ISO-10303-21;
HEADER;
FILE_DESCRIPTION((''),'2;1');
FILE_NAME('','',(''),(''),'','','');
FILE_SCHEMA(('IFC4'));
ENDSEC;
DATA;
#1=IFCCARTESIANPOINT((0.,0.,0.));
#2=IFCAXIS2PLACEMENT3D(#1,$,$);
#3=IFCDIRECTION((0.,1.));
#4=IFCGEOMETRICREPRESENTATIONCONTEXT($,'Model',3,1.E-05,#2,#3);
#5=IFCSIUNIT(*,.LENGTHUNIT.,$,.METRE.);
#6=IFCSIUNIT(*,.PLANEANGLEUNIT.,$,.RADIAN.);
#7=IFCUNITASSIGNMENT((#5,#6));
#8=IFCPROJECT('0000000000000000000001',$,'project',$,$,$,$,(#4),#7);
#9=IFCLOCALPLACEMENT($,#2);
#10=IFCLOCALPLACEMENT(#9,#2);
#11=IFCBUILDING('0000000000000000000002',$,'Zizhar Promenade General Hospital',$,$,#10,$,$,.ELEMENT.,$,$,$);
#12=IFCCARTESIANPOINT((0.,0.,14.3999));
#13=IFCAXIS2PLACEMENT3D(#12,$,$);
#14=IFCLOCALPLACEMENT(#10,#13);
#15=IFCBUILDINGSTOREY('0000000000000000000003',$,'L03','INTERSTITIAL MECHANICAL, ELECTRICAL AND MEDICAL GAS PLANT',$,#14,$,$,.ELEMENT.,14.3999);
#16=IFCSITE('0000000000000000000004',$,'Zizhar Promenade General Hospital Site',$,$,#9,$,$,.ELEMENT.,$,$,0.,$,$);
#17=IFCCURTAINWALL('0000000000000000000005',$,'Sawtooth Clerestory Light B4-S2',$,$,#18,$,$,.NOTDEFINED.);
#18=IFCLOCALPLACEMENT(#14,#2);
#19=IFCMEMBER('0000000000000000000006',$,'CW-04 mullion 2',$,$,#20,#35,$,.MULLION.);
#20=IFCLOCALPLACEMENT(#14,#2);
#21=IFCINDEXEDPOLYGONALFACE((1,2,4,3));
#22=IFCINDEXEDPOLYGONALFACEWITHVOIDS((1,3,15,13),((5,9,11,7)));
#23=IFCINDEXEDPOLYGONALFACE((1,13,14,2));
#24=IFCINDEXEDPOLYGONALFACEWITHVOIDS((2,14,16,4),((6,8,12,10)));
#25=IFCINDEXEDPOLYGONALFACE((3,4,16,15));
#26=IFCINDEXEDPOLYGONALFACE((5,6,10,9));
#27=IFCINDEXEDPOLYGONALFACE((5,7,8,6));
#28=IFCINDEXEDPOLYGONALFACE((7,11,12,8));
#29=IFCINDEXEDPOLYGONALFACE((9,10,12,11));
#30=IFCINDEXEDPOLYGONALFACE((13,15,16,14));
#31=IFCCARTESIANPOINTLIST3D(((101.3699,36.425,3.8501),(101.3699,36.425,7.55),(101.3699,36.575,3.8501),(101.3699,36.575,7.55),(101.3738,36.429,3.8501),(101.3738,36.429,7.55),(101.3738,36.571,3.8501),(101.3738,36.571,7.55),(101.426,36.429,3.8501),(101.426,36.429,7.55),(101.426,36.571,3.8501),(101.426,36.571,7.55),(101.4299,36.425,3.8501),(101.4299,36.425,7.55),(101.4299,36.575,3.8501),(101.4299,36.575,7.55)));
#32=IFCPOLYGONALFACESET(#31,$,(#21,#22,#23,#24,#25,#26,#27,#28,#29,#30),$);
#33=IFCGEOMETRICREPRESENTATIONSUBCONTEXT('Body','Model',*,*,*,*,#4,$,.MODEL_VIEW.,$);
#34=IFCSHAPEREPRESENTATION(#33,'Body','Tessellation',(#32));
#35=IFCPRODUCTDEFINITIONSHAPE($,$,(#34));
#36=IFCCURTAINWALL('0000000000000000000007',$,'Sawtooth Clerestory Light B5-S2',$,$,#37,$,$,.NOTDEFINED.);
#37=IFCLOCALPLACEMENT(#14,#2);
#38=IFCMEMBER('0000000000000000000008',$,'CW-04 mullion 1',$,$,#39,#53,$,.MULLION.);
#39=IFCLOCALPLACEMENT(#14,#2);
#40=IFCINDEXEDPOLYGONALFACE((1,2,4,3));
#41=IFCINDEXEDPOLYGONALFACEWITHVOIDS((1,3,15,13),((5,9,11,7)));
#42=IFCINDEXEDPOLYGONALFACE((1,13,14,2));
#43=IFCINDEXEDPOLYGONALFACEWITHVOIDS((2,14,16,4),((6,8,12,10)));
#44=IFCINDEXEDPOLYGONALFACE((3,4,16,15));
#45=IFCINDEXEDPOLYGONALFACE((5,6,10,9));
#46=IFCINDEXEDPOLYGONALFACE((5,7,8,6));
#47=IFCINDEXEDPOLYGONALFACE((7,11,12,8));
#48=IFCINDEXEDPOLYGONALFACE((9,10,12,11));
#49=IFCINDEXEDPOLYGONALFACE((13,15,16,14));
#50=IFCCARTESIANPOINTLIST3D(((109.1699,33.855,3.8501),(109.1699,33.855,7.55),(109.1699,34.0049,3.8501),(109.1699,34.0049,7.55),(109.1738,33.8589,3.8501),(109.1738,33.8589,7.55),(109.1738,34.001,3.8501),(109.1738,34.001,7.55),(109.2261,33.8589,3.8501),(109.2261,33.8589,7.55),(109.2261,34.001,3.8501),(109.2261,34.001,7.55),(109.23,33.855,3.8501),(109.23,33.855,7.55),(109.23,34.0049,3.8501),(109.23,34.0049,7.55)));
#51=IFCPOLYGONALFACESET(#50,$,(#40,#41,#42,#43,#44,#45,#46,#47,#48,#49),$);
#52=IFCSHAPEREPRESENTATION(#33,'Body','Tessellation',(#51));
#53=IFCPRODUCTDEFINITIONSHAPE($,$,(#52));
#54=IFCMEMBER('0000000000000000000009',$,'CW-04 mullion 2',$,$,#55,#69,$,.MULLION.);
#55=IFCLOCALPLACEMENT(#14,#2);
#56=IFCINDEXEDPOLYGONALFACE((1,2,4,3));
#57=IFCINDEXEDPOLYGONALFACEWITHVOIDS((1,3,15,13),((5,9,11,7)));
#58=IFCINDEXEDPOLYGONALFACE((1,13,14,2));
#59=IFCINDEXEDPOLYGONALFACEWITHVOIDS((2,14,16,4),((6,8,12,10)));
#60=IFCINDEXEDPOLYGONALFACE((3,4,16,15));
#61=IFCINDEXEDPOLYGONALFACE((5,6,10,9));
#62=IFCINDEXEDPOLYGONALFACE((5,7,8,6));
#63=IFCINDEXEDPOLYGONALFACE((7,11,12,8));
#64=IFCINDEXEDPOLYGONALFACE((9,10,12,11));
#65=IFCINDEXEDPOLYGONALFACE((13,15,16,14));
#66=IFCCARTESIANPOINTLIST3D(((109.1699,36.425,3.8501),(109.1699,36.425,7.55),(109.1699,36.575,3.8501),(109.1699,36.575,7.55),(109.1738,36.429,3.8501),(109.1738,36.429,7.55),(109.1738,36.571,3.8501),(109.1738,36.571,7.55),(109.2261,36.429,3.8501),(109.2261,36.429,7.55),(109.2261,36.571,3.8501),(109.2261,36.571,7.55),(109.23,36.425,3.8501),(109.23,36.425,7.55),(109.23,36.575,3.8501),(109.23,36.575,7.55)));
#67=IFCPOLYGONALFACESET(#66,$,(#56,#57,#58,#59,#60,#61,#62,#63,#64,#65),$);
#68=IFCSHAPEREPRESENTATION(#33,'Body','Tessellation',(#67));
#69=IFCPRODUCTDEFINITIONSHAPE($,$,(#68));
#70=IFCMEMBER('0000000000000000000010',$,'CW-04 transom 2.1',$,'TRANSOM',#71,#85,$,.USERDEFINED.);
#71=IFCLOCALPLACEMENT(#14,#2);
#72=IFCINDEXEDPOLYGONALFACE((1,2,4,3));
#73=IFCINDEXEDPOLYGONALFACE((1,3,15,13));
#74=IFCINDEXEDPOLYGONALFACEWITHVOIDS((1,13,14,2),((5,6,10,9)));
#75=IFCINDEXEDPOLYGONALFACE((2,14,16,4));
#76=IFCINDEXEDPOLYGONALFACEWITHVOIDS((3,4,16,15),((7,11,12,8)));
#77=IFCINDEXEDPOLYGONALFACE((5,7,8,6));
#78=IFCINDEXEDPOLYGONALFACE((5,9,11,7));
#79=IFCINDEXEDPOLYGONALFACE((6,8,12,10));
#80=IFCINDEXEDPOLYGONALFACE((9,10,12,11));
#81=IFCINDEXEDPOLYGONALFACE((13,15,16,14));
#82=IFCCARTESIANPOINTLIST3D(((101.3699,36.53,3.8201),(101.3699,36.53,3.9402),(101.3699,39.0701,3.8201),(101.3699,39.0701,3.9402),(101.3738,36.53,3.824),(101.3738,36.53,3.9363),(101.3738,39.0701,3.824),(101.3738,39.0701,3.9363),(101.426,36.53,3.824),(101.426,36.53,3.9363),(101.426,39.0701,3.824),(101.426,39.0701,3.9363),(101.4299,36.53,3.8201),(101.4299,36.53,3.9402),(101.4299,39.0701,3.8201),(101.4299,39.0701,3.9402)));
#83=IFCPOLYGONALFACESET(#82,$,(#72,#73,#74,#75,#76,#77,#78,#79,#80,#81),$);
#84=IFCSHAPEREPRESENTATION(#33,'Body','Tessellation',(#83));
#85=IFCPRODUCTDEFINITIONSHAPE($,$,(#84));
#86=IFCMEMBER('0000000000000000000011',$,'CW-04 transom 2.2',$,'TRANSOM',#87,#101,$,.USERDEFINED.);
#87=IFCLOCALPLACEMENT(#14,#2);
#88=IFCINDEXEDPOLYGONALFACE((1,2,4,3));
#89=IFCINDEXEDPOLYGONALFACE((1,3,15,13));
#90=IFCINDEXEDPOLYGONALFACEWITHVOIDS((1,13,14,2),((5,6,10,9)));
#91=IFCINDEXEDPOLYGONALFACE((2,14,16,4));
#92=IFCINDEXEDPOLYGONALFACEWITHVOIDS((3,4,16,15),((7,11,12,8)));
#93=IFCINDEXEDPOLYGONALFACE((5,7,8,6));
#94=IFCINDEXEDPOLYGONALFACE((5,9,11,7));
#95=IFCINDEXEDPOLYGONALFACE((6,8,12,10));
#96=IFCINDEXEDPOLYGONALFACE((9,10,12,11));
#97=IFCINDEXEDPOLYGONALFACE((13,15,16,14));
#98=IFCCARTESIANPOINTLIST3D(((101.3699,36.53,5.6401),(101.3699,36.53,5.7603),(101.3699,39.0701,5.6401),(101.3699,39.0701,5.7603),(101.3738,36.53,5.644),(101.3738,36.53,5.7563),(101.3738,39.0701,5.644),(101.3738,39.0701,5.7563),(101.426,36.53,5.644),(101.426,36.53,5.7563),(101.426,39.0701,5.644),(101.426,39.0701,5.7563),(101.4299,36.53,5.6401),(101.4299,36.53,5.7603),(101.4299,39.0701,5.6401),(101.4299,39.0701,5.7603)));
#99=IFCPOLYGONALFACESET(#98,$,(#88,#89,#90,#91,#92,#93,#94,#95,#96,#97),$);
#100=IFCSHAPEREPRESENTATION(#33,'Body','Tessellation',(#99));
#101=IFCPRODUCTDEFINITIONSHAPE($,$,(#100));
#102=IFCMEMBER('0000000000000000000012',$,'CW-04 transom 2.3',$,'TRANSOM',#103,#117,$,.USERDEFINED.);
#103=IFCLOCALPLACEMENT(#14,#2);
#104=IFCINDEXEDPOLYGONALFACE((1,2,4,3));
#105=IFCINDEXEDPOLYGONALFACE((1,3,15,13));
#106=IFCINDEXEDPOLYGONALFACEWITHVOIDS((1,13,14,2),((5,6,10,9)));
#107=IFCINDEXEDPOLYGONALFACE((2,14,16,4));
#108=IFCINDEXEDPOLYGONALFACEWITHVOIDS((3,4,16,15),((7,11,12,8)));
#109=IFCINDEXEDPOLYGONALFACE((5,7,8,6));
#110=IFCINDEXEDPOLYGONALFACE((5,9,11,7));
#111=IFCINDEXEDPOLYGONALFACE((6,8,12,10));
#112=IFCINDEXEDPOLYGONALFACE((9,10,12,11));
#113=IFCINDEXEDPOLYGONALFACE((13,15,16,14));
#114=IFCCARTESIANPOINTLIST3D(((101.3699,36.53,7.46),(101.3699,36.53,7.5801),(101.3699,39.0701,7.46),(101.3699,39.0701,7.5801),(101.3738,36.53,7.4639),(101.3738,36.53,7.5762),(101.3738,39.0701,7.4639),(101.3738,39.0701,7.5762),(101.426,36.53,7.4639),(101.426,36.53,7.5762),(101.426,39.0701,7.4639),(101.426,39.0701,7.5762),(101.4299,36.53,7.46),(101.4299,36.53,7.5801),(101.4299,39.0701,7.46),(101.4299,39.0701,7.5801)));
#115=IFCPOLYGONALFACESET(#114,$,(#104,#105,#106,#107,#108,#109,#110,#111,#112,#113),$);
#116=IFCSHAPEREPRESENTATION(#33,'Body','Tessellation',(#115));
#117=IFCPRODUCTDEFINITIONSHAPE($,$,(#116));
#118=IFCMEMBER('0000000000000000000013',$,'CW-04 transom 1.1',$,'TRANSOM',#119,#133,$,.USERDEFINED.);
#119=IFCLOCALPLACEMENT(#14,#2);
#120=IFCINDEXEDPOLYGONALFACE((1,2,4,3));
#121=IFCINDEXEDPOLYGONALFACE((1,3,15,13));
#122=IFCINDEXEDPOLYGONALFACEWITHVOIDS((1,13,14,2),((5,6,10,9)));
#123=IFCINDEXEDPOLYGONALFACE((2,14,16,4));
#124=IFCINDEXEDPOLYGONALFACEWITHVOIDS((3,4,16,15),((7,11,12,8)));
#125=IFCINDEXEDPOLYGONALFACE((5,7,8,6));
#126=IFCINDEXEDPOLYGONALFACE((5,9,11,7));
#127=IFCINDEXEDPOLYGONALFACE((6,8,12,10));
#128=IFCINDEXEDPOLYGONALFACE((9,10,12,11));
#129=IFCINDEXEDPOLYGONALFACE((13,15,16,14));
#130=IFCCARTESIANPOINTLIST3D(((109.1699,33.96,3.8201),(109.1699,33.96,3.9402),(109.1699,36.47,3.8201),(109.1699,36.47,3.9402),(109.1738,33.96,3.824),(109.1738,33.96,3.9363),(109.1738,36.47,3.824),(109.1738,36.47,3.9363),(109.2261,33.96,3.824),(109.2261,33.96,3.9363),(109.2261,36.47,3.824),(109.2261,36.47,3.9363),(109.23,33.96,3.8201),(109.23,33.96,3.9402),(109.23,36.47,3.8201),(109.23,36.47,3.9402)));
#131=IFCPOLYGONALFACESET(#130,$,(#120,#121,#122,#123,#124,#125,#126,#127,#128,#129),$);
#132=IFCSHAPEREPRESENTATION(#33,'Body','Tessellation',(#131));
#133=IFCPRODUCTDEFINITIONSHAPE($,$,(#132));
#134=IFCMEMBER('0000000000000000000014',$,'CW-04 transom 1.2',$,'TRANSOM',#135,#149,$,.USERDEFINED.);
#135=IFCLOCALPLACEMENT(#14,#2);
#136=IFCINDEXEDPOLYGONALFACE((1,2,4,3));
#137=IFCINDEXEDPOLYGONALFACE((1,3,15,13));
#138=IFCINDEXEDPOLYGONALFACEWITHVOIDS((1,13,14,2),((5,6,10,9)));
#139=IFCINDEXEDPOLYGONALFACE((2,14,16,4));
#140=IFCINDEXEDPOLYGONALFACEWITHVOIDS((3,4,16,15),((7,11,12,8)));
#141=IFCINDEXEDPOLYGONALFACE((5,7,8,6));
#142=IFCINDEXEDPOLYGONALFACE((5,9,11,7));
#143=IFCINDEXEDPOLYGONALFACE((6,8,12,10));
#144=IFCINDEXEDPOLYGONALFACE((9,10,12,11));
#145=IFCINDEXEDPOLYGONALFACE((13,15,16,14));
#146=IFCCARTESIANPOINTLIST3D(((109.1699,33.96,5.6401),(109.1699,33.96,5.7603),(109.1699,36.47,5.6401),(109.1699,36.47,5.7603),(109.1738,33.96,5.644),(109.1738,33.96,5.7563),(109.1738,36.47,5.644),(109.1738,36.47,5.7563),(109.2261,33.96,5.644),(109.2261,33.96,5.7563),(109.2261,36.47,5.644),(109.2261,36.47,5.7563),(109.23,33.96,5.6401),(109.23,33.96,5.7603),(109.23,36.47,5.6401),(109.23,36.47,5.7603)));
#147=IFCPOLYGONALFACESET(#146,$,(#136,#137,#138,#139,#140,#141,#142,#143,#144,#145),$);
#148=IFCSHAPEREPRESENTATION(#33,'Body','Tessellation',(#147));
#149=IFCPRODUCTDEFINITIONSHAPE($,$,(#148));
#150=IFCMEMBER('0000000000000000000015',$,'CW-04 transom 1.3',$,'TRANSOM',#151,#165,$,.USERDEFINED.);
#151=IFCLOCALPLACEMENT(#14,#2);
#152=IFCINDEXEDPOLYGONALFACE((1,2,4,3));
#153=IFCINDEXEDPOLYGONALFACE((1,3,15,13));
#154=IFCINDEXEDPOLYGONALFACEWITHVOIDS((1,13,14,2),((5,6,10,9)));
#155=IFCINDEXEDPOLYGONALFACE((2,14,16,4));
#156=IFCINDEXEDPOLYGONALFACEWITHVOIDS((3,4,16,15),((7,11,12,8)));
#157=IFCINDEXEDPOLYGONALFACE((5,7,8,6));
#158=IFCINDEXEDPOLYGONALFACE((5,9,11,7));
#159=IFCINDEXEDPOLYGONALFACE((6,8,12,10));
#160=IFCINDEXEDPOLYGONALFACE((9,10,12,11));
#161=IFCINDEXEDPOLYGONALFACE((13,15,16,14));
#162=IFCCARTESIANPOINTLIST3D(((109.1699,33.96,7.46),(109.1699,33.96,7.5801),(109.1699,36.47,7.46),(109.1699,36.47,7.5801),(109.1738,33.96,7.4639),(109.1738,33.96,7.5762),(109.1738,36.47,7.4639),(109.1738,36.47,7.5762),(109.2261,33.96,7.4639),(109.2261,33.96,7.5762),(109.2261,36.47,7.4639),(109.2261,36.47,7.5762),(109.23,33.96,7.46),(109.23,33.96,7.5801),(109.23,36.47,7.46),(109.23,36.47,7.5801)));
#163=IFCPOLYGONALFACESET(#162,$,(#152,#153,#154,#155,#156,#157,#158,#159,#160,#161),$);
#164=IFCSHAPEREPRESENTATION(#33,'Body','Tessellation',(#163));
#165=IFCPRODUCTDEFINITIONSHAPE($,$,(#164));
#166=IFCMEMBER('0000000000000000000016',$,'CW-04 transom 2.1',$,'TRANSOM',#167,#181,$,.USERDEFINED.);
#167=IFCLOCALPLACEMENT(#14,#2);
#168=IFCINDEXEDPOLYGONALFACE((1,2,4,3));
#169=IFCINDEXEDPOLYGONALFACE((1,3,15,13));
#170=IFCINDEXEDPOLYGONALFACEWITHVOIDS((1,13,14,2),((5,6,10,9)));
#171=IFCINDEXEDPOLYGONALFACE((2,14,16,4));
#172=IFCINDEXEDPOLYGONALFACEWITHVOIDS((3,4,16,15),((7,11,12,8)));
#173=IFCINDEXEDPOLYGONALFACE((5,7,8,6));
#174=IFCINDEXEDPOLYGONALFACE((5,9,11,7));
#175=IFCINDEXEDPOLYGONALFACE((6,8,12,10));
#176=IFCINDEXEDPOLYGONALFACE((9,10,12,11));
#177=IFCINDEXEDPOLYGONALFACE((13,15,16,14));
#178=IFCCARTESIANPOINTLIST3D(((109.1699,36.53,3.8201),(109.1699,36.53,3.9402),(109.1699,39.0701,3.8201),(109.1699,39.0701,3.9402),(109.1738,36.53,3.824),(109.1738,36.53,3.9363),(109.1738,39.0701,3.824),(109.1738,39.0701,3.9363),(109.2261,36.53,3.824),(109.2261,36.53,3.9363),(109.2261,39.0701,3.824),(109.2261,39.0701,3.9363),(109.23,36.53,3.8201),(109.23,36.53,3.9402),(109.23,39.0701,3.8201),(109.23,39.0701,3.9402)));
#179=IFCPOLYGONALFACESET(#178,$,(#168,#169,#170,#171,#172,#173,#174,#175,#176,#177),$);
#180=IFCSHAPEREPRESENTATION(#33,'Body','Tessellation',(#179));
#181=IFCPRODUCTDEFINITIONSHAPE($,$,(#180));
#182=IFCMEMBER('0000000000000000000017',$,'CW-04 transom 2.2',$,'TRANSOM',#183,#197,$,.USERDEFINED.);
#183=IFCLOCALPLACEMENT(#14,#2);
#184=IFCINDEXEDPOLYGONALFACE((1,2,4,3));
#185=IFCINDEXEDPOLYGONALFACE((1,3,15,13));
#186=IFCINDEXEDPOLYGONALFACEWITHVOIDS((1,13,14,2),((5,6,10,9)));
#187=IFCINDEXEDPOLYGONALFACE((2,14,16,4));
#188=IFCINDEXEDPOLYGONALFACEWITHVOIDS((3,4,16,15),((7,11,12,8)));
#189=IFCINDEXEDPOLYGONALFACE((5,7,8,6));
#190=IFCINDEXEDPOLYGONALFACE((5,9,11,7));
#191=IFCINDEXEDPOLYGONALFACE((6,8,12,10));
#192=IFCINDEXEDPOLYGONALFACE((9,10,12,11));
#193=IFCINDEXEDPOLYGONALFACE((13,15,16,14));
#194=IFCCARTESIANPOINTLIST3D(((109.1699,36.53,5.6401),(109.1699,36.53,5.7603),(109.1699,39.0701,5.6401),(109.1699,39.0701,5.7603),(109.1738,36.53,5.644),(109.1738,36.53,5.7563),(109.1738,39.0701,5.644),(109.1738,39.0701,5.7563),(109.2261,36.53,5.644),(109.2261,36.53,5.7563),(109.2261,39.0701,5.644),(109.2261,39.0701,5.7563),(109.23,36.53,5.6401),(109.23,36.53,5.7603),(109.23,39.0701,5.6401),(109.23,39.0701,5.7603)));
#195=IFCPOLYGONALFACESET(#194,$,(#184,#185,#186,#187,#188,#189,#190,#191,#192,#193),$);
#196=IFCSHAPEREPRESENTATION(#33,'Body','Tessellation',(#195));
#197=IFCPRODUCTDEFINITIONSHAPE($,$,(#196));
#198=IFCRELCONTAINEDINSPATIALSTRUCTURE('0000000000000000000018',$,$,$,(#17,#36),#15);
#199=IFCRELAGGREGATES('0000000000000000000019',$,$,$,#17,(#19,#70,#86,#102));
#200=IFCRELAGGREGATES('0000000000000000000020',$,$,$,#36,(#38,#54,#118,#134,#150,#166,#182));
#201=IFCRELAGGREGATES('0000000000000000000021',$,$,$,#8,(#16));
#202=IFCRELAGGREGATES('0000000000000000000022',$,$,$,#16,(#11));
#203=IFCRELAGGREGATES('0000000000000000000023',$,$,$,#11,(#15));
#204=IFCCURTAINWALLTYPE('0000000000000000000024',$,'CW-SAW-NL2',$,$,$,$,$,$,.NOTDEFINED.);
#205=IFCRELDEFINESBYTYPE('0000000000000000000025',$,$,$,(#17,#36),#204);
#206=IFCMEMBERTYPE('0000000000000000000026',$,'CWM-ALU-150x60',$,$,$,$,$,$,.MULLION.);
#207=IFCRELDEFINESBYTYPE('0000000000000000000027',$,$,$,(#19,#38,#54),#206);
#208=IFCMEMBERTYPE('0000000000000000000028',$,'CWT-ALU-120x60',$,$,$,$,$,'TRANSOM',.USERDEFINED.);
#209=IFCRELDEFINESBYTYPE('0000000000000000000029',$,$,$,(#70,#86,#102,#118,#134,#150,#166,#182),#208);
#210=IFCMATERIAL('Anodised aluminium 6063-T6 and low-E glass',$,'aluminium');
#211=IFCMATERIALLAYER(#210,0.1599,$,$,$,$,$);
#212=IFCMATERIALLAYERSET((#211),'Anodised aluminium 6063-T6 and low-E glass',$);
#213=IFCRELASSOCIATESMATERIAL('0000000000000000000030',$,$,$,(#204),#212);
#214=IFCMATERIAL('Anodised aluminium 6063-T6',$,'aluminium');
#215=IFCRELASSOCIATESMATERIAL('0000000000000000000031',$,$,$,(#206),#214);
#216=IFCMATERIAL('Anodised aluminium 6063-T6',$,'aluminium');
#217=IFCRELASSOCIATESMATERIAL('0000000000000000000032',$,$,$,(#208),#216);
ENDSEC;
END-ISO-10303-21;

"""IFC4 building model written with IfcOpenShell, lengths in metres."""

from ifc_helpers import new_model, si_unit, direction, frame, origin, origin_2d, place, context, subcontext, project, spatial, hollow_rectangle, extrude, material, layer, layer_set, material_profile, profile_set, type_object, element, aggregate, save


model = new_model("IFC4")

# Units and contexts
model_context = context("Model", 3, precision=1e-05, world=origin(), true_north=direction((0.0, 1.0)))
body_context = subcontext(model_context, "Body", "Model", "MODEL_VIEW")
ifc_project = project(units=[si_unit("LENGTHUNIT", "METRE"), si_unit("PLANEANGLEUNIT", "RADIAN")], contexts=[model_context])

# Site, building, storey
site_placement = place(None, origin())
site = spatial("IfcSite", under=ifc_project, at=site_placement, Name="Zizhar Promenade General Hospital Site", CompositionType="ELEMENT", RefElevation=0.0)
building_placement = place(site_placement, origin())
building = spatial("IfcBuilding", under=site, at=building_placement, Name="Zizhar Promenade General Hospital", CompositionType="ELEMENT")
storey_placement = place(building_placement, frame((0.0, 0.0, 14.3999)))
storey = spatial("IfcBuildingStorey", under=building, at=storey_placement, Name="L03", Description="INTERSTITIAL MECHANICAL, ELECTRICAL AND MEDICAL GAS PLANT", CompositionType="ELEMENT", Elevation=14.3999)

# Curtain wall, member
ifc_material_1 = material(Name="Anodised aluminium 6063-T6 and low-E glass", Category="aluminium")
ifc_layer_1 = layer(ifc_material_1, 0.1599)
ifc_layer_set_1 = layer_set([ifc_layer_1], Name="Anodised aluminium 6063-T6 and low-E glass")
curtain_wall_type = type_object("IfcCurtainWallType", Name="CW-SAW-NL2", PredefinedType="NOTDEFINED", material=ifc_layer_set_1)
curtain_wall_1_placement = place(storey_placement, origin())
curtain_wall_1 = element("IfcCurtainWall", 1, at=curtain_wall_1_placement, inside=storey, type_object=curtain_wall_type, Name="Sawtooth Clerestory Light B4-S2", PredefinedType="NOTDEFINED")
ifc_material_2 = material(Name="Anodised aluminium 6063-T6", Category="aluminium")
ifc_material_profile_1 = material_profile(ifc_material_2, hollow_rectangle(XDim=0.0601, YDim=0.1499, WallThickness=0.0039, at=origin_2d()))
ifc_profile_set_1 = profile_set([ifc_material_profile_1], Name="Anodised aluminium 6063-T6")
member_type_1 = type_object("IfcMemberType", Name="CWM-ALU-150x60", PredefinedType="MULLION", material=ifc_profile_set_1)
member_1_placement = place(storey_placement, frame((101.3999, 36.5, 3.8501), z_axis=(0.0, 0.0, 1.0), x_axis=(-1.0, 0.0, 0.0)))
member_1 = element("IfcMember", 2, at=member_1_placement, type_object=member_type_1, Name="CW-04 mullion 2", PredefinedType="MULLION", context=body_context, shape_type="SweptSolid", body=[
    extrude(hollow_rectangle(XDim=0.0601, YDim=0.1499, WallThickness=0.0039, at=origin_2d()), origin(), (0.0, 0.0, 1.0), 3.7),
])

# Curtain wall, members
curtain_wall_2_placement = place(storey_placement, origin())
curtain_wall_2 = element("IfcCurtainWall", 3, at=curtain_wall_2_placement, inside=storey, type_object=curtain_wall_type, Name="Sawtooth Clerestory Light B5-S2", PredefinedType="NOTDEFINED")
member_2_placement = place(storey_placement, frame((109.2, 33.9299, 3.8501), z_axis=(0.0, 0.0, 1.0), x_axis=(-1.0, 0.0, 0.0)))
member_2 = element("IfcMember", 4, at=member_2_placement, type_object=member_type_1, Name="CW-04 mullion 1", PredefinedType="MULLION", context=body_context, shape_type="SweptSolid", body=[
    extrude(hollow_rectangle(XDim=0.0601, YDim=0.1499, WallThickness=0.0039, at=origin_2d()), origin(), (0.0, 0.0, 1.0), 3.7),
])
member_3_placement = place(storey_placement, frame((109.2, 36.5, 3.8501), z_axis=(0.0, 0.0, 1.0), x_axis=(-1.0, 0.0, 0.0)))
member_3 = element("IfcMember", 5, at=member_3_placement, type_object=member_type_1, Name="CW-04 mullion 2", PredefinedType="MULLION", context=body_context, shape_type="SweptSolid", body=[
    extrude(hollow_rectangle(XDim=0.0601, YDim=0.1499, WallThickness=0.0039, at=origin_2d()), origin(), (0.0, 0.0, 1.0), 3.7),
])

# Members
ifc_material_3 = material(Name="Anodised aluminium 6063-T6", Category="aluminium")
ifc_material_profile_2 = material_profile(ifc_material_3, hollow_rectangle(XDim=0.0601, YDim=0.1201, WallThickness=0.0039, at=origin_2d()))
ifc_profile_set_2 = profile_set([ifc_material_profile_2], Name="Anodised aluminium 6063-T6")
member_type_2 = type_object("IfcMemberType", Name="CWT-ALU-120x60", ElementType="TRANSOM", PredefinedType="USERDEFINED", material=ifc_profile_set_2)
member_4_placement = place(storey_placement, frame((101.3999, 36.53, 3.8801), z_axis=(0.0, 1.0, 0.0), x_axis=(-1.0, 0.0, 0.0)))
member_4 = element("IfcMember", 6, at=member_4_placement, type_object=member_type_2, Name="CW-04 transom 2.1", ObjectType="TRANSOM", PredefinedType="USERDEFINED", context=body_context, shape_type="SweptSolid", body=[
    extrude(hollow_rectangle(XDim=0.0601, YDim=0.1201, WallThickness=0.0039, at=origin_2d()), origin(), (0.0, 0.0, 1.0), 2.54),
])
member_5_placement = place(storey_placement, frame((101.3999, 36.53, 5.7002), z_axis=(0.0, 1.0, 0.0), x_axis=(-1.0, 0.0, 0.0)))
member_5 = element("IfcMember", 7, at=member_5_placement, type_object=member_type_2, Name="CW-04 transom 2.2", ObjectType="TRANSOM", PredefinedType="USERDEFINED", context=body_context, shape_type="SweptSolid", body=[
    extrude(hollow_rectangle(XDim=0.0601, YDim=0.1201, WallThickness=0.0039, at=origin_2d()), origin(), (0.0, 0.0, 1.0), 2.54),
])
member_6_placement = place(storey_placement, frame((101.3999, 36.53, 7.52), z_axis=(0.0, 1.0, 0.0), x_axis=(-1.0, 0.0, 0.0)))
member_6 = element("IfcMember", 8, at=member_6_placement, type_object=member_type_2, Name="CW-04 transom 2.3", ObjectType="TRANSOM", PredefinedType="USERDEFINED", context=body_context, shape_type="SweptSolid", body=[
    extrude(hollow_rectangle(XDim=0.0601, YDim=0.1201, WallThickness=0.0039, at=origin_2d()), origin(), (0.0, 0.0, 1.0), 2.54),
])
member_7_placement = place(storey_placement, frame((109.2, 33.96, 3.8801), z_axis=(0.0, 1.0, 0.0), x_axis=(-1.0, 0.0, 0.0)))
member_7 = element("IfcMember", 9, at=member_7_placement, type_object=member_type_2, Name="CW-04 transom 1.1", ObjectType="TRANSOM", PredefinedType="USERDEFINED", context=body_context, shape_type="SweptSolid", body=[
    extrude(hollow_rectangle(XDim=0.0601, YDim=0.1201, WallThickness=0.0039, at=origin_2d()), origin(), (0.0, 0.0, 1.0), 2.51),
])
member_8_placement = place(storey_placement, frame((109.2, 33.96, 5.7002), z_axis=(0.0, 1.0, 0.0), x_axis=(-1.0, 0.0, 0.0)))
member_8 = element("IfcMember", 10, at=member_8_placement, type_object=member_type_2, Name="CW-04 transom 1.2", ObjectType="TRANSOM", PredefinedType="USERDEFINED", context=body_context, shape_type="SweptSolid", body=[
    extrude(hollow_rectangle(XDim=0.0601, YDim=0.1201, WallThickness=0.0039, at=origin_2d()), origin(), (0.0, 0.0, 1.0), 2.51),
])
member_9_placement = place(storey_placement, frame((109.2, 33.96, 7.52), z_axis=(0.0, 1.0, 0.0), x_axis=(-1.0, 0.0, 0.0)))
member_9 = element("IfcMember", 11, at=member_9_placement, type_object=member_type_2, Name="CW-04 transom 1.3", ObjectType="TRANSOM", PredefinedType="USERDEFINED", context=body_context, shape_type="SweptSolid", body=[
    extrude(hollow_rectangle(XDim=0.0601, YDim=0.1201, WallThickness=0.0039, at=origin_2d()), origin(), (0.0, 0.0, 1.0), 2.51),
])
member_10_placement = place(storey_placement, frame((109.2, 36.53, 3.8801), z_axis=(0.0, 1.0, 0.0), x_axis=(-1.0, 0.0, 0.0)))
member_10 = element("IfcMember", 12, at=member_10_placement, type_object=member_type_2, Name="CW-04 transom 2.1", ObjectType="TRANSOM", PredefinedType="USERDEFINED", context=body_context, shape_type="SweptSolid", body=[
    extrude(hollow_rectangle(XDim=0.0601, YDim=0.1201, WallThickness=0.0039, at=origin_2d()), origin(), (0.0, 0.0, 1.0), 2.54),
])
member_11_placement = place(storey_placement, frame((109.2, 36.53, 5.7002), z_axis=(0.0, 1.0, 0.0), x_axis=(-1.0, 0.0, 0.0)))
member_11 = element("IfcMember", 13, at=member_11_placement, type_object=member_type_2, Name="CW-04 transom 2.2", ObjectType="TRANSOM", PredefinedType="USERDEFINED", context=body_context, shape_type="SweptSolid", body=[
    extrude(hollow_rectangle(XDim=0.0601, YDim=0.1201, WallThickness=0.0039, at=origin_2d()), origin(), (0.0, 0.0, 1.0), 2.54),
])

aggregate(curtain_wall_1, [member_1, member_4, member_5, member_6])
aggregate(curtain_wall_2, [member_2, member_3, member_7, member_8, member_9, member_10, member_11])

save(model, "model.ifc")
